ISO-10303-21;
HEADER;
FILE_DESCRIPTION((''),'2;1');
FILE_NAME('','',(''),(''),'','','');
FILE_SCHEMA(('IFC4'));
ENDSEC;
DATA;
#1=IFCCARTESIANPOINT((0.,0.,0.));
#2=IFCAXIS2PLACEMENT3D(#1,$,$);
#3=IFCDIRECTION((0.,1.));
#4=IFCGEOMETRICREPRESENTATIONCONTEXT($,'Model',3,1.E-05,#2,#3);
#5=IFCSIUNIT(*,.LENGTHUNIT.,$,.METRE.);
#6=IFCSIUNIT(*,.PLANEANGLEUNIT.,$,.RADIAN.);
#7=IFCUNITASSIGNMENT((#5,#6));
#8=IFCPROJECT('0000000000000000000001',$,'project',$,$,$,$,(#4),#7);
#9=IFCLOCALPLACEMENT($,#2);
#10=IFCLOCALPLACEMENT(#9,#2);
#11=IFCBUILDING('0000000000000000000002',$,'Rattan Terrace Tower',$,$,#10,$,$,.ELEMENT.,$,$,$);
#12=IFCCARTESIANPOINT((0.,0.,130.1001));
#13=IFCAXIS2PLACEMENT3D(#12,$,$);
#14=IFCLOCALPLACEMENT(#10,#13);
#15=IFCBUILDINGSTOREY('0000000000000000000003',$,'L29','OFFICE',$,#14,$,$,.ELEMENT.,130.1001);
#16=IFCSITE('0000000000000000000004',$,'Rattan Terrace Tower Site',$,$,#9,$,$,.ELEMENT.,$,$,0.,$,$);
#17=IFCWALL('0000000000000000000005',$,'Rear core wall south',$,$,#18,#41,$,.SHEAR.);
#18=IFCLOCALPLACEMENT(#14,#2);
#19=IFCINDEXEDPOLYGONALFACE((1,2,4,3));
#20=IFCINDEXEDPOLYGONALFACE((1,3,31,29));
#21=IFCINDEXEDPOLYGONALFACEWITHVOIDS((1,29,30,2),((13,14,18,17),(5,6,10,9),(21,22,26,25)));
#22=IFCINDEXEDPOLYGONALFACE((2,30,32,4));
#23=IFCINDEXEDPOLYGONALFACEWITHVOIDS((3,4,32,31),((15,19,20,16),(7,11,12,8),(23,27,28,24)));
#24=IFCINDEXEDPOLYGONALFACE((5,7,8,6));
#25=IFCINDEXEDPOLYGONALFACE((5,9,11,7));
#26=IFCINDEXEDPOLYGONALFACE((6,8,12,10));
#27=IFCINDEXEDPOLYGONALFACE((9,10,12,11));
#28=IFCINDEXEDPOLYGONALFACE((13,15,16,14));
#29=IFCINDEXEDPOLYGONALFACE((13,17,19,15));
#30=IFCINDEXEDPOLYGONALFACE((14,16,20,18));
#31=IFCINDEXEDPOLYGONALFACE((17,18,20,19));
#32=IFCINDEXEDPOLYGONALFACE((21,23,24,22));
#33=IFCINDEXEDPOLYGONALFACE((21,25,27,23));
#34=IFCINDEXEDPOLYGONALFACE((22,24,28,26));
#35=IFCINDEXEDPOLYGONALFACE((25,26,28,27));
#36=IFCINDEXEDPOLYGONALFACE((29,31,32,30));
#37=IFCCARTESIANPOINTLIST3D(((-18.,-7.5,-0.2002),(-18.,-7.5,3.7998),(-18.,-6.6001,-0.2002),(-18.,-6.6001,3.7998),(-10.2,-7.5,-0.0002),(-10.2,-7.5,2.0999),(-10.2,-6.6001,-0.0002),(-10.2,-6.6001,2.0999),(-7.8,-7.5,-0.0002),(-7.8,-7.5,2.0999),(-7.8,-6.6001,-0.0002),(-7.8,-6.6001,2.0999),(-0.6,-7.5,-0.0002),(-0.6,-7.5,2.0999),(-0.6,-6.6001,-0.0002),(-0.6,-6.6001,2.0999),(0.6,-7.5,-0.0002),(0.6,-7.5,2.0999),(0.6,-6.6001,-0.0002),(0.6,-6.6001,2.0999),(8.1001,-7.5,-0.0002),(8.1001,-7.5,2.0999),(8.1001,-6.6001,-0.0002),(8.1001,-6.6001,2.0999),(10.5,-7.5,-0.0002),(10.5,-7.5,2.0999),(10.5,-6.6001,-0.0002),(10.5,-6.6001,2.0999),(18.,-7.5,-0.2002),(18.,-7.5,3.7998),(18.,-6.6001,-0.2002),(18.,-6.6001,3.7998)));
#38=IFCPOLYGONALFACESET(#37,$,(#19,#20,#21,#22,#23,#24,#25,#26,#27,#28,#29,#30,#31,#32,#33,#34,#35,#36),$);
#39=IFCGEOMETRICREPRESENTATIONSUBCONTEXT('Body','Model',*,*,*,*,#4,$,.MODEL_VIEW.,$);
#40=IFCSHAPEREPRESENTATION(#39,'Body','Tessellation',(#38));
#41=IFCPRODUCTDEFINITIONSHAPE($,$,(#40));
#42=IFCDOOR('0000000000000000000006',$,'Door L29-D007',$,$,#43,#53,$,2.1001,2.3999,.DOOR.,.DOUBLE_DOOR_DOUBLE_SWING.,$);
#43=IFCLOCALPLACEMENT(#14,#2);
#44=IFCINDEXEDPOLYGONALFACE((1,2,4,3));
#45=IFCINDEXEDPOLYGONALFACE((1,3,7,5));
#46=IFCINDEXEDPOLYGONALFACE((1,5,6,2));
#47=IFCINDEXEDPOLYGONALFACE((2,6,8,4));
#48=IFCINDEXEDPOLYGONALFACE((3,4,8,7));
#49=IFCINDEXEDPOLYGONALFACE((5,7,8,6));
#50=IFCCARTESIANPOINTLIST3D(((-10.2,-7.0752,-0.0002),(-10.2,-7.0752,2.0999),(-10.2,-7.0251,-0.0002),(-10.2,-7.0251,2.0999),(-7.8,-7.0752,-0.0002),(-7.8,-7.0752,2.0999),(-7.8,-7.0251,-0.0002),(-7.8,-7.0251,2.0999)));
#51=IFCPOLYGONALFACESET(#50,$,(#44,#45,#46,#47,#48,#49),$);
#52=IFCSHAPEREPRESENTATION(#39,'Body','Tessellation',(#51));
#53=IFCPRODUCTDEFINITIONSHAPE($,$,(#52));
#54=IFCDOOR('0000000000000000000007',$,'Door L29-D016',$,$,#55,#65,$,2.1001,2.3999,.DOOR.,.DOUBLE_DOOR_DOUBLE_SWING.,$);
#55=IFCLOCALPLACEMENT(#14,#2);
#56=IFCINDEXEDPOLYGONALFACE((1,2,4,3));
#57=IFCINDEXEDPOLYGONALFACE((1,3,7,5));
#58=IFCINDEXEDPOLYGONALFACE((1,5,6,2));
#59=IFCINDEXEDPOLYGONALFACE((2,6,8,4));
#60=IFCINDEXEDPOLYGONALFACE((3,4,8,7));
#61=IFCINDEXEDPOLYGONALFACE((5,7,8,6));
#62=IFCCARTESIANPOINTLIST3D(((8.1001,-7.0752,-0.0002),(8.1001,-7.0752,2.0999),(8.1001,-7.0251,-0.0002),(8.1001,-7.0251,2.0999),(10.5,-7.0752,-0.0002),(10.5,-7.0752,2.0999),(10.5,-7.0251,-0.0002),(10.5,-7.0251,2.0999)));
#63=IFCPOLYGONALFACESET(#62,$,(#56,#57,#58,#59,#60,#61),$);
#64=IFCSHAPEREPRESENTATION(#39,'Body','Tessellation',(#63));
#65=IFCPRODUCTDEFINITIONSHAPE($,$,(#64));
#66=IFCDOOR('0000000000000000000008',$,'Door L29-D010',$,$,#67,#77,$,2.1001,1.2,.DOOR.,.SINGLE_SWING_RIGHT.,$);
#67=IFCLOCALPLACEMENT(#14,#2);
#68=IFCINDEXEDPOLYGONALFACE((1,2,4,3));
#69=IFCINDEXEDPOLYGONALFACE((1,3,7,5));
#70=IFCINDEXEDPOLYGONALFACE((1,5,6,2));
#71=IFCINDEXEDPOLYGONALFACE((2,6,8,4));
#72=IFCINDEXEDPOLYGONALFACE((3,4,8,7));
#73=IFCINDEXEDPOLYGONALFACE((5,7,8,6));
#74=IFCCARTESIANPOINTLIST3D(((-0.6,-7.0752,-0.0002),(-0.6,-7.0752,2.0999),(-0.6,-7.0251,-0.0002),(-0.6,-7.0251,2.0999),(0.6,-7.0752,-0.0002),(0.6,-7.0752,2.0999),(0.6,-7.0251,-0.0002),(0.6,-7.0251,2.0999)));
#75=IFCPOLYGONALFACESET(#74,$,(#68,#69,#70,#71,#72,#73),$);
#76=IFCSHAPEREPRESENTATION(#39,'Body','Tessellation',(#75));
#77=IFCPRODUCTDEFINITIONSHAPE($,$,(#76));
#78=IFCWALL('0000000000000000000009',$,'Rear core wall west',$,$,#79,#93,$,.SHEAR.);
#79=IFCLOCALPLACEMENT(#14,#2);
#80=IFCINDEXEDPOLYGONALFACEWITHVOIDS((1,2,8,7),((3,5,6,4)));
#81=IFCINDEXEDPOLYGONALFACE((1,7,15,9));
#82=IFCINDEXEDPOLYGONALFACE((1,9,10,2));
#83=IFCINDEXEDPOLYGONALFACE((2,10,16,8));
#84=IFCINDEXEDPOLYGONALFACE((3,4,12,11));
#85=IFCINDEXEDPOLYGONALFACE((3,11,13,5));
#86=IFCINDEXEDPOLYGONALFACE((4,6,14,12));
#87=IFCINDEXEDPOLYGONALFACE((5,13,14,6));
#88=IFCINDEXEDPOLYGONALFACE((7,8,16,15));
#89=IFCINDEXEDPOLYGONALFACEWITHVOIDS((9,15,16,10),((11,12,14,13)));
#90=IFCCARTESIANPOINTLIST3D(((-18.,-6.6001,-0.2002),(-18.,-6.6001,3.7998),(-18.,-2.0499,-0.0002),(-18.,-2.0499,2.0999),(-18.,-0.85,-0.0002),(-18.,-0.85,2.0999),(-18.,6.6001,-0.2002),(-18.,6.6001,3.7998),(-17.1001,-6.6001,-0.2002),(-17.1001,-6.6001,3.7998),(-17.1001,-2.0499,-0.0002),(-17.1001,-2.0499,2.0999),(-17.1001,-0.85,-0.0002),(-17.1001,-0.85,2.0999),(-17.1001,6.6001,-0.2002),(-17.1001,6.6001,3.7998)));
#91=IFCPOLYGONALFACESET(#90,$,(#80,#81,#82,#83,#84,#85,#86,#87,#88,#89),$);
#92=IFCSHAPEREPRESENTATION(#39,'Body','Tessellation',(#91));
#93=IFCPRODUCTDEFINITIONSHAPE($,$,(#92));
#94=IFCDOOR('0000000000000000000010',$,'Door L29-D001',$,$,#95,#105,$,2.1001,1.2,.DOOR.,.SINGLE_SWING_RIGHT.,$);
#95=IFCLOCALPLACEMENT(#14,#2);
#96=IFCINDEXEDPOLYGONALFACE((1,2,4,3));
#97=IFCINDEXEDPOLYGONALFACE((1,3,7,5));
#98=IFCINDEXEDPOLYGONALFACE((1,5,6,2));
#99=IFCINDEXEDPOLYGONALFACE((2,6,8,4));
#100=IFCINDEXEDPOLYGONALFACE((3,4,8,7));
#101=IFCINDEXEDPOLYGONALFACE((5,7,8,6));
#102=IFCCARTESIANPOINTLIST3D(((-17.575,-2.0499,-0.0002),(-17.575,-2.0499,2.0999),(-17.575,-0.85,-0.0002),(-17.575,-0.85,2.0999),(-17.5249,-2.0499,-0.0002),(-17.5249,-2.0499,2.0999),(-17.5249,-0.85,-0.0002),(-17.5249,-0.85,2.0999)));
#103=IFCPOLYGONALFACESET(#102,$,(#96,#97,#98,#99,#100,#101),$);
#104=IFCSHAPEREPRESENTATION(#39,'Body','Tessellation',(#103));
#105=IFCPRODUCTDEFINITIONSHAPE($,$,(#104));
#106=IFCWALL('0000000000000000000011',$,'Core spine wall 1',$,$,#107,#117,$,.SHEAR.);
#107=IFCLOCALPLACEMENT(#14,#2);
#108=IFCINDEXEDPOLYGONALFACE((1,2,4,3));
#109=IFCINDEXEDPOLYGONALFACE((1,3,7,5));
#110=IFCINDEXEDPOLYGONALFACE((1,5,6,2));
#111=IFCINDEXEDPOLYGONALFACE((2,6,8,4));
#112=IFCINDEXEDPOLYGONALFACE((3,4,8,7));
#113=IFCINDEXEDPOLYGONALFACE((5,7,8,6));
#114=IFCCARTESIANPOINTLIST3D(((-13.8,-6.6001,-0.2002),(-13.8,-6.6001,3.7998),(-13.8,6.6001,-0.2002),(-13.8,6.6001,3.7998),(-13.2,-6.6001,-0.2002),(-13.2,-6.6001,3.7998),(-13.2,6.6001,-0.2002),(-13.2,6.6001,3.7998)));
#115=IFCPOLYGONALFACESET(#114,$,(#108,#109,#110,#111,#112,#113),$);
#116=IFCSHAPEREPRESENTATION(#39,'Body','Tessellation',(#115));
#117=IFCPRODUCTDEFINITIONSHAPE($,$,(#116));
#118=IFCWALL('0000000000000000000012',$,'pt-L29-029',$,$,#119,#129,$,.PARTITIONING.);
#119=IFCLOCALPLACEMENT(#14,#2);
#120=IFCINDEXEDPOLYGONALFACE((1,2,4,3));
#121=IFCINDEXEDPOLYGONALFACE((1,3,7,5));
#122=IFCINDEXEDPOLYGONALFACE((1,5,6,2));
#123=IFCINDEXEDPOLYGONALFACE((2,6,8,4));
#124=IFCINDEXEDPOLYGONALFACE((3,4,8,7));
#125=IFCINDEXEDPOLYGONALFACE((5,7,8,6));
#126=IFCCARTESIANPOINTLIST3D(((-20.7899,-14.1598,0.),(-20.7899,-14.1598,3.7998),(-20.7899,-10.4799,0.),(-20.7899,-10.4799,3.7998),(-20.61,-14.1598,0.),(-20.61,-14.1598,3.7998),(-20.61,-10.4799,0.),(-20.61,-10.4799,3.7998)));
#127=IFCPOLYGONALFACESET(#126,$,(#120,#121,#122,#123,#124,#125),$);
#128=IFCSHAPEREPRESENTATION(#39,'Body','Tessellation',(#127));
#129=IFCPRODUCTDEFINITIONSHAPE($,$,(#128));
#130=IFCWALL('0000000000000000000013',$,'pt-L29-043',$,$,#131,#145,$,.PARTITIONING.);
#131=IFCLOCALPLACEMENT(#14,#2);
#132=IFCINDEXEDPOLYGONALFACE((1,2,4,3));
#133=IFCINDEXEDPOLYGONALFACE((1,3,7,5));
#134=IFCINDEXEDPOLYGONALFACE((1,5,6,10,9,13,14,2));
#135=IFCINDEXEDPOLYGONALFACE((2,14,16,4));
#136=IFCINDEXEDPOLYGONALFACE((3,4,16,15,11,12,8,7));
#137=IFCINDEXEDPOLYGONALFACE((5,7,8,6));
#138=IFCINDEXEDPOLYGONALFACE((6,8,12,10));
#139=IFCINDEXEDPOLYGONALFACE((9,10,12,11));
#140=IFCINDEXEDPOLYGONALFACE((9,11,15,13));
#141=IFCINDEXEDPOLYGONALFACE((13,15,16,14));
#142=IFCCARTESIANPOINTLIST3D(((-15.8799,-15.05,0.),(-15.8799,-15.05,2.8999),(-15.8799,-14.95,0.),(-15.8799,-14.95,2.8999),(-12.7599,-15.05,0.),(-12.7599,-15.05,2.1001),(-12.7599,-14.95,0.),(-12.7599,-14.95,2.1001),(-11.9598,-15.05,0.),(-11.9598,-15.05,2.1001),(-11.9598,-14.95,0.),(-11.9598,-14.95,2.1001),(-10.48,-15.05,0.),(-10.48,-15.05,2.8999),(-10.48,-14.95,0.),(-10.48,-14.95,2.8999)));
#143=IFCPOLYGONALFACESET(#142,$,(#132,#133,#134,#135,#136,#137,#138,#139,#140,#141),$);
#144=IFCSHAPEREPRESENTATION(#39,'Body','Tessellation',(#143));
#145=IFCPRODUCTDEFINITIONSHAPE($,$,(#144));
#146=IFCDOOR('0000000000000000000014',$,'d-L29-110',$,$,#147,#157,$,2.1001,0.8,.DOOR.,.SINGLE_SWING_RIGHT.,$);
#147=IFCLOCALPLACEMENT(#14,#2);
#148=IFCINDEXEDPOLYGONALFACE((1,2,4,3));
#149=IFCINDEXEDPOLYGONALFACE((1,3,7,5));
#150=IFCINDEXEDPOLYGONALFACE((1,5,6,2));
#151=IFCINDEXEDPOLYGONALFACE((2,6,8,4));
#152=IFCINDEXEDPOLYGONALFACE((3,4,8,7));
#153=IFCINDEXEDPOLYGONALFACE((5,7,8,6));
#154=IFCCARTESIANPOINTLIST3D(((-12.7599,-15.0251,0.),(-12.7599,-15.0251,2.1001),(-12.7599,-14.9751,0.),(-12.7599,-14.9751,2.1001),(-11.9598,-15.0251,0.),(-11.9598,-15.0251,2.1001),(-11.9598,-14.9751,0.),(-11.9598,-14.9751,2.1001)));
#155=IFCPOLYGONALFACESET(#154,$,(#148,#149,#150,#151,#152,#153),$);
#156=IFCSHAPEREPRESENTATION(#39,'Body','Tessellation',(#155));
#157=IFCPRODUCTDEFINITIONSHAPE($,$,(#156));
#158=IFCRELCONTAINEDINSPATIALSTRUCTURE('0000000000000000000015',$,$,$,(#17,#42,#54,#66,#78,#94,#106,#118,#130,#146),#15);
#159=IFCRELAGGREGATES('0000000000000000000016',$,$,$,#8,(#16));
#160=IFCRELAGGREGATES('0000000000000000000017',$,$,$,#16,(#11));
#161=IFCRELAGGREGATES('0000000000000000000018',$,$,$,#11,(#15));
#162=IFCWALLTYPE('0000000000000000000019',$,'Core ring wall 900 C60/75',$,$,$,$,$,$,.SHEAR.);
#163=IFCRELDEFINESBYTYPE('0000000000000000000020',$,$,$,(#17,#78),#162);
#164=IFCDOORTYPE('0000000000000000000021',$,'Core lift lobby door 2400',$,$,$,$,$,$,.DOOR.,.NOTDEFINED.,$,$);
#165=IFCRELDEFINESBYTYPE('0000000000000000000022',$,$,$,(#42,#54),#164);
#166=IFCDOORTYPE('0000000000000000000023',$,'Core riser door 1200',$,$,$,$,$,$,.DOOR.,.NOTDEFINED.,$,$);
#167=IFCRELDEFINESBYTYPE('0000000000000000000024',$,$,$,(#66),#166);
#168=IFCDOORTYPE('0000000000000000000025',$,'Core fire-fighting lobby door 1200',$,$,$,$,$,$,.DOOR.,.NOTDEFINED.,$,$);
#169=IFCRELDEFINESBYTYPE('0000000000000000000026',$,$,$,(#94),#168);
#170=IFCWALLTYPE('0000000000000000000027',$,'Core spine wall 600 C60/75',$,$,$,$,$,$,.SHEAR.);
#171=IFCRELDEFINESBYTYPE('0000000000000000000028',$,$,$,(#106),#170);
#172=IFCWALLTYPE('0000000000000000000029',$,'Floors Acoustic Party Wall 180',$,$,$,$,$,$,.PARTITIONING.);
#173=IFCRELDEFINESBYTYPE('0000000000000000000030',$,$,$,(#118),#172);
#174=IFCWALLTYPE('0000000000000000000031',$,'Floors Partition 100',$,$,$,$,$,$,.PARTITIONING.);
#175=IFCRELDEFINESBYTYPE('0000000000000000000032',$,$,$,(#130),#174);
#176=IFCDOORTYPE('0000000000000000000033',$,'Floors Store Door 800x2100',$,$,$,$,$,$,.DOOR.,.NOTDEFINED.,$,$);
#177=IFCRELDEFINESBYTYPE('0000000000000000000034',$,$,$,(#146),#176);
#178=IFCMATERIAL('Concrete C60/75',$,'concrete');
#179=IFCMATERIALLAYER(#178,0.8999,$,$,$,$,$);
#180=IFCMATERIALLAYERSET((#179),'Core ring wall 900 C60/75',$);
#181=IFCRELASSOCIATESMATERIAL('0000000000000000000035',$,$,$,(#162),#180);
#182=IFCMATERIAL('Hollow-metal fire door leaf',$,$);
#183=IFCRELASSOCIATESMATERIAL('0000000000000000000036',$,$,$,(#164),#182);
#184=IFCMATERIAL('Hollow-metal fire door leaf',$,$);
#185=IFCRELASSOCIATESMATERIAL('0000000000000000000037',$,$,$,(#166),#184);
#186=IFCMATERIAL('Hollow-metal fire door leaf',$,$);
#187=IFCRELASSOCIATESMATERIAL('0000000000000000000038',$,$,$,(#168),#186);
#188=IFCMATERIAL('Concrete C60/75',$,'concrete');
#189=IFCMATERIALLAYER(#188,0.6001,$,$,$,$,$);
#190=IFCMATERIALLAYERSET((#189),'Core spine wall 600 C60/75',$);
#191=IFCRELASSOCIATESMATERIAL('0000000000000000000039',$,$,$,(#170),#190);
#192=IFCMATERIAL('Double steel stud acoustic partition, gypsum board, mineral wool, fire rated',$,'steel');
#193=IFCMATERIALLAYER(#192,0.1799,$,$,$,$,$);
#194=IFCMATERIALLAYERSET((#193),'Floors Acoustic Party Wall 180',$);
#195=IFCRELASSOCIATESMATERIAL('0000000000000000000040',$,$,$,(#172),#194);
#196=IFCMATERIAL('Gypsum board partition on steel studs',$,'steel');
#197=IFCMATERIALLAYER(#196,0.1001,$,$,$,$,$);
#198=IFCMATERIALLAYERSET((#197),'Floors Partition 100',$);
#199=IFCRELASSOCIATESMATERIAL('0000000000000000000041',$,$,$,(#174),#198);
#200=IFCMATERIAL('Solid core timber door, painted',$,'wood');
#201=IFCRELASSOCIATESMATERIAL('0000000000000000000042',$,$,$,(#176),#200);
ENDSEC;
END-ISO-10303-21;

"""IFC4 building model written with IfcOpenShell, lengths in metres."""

from ifc_helpers import new_model, si_unit, direction, frame, frame_2d, origin, place, context, subcontext, project, spatial, rectangle, extrude, material, layer, layer_set, type_object, element, fill, save


model = new_model("IFC4")

# Units and contexts
model_context = context("Model", 3, precision=1e-05, world=origin(), true_north=direction((0.0, 1.0)))
body_context = subcontext(model_context, "Body", "Model", "MODEL_VIEW")
ifc_project = project(units=[si_unit("LENGTHUNIT", "METRE"), si_unit("PLANEANGLEUNIT", "RADIAN")], contexts=[model_context])

# Site, building, storey
site_placement = place(None, origin())
site = spatial("IfcSite", under=ifc_project, at=site_placement, Name="Rattan Terrace Tower Site", CompositionType="ELEMENT", RefElevation=0.0)
building_placement = place(site_placement, origin())
building = spatial("IfcBuilding", under=site, at=building_placement, Name="Rattan Terrace Tower", CompositionType="ELEMENT")
storey_placement = place(building_placement, frame((0.0, 0.0, 130.1001)))
storey = spatial("IfcBuildingStorey", under=building, at=storey_placement, Name="L29", Description="OFFICE", CompositionType="ELEMENT", Elevation=130.1001)

# Wall, openings, doors
ifc_material_1 = material(Name="Concrete C60/75", Category="concrete")
ifc_layer_1 = layer(ifc_material_1, 0.8999)
ifc_layer_set_1 = layer_set([ifc_layer_1], Name="Core ring wall 900 C60/75")
wall_type_1 = type_object("IfcWallType", Name="Core ring wall 900 C60/75", PredefinedType="SHEAR", material=ifc_layer_set_1)
wall_1_placement = place(storey_placement, frame((-18.0, -7.05, -0.2002), z_axis=(0.0, 0.0, 1.0), x_axis=(1.0, 0.0, 0.0)))
wall_1 = element("IfcWall", 1, at=wall_1_placement, inside=storey, type_object=wall_type_1, Name="Rear core wall south", PredefinedType="SHEAR", context=body_context, shape_type="SweptSolid", body=[
    extrude(rectangle(XDim=36.0, YDim=0.8999, at=frame_2d((18.0, 0.0))), origin(), (0.0, 0.0, 1.0), 4.0),
])
opening_1_placement = place(wall_1_placement, frame((7.8, 0.0, 0.2)))
opening_1 = element("IfcOpeningElement", 2, at=opening_1_placement, cuts=wall_1, PredefinedType="OPENING", context=body_context, shape_type="SweptSolid", body=[
    extrude(rectangle(XDim=2.3999, YDim=2.1001, at=frame_2d((1.2, 1.05))), frame((0.0, 0.4604, 0.0), z_axis=(0.0, -1.0, 0.0), x_axis=(1.0, 0.0, 0.0)), (0.0, 0.0, 1.0), 0.9209),
])
opening_2_placement = place(wall_1_placement, frame((17.3999, 0.0, 0.2)))
opening_2 = element("IfcOpeningElement", 3, at=opening_2_placement, cuts=wall_1, PredefinedType="OPENING", context=body_context, shape_type="SweptSolid", body=[
    extrude(rectangle(XDim=1.2, YDim=2.1001, at=frame_2d((0.6001, 1.05))), frame((0.0, 0.4604, 0.0), z_axis=(0.0, -1.0, 0.0), x_axis=(1.0, 0.0, 0.0)), (0.0, 0.0, 1.0), 0.9209),
])
opening_3_placement = place(wall_1_placement, frame((26.1001, 0.0, 0.2)))
opening_3 = element("IfcOpeningElement", 4, at=opening_3_placement, cuts=wall_1, PredefinedType="OPENING", context=body_context, shape_type="SweptSolid", body=[
    extrude(rectangle(XDim=2.3999, YDim=2.1001, at=frame_2d((1.2, 1.05))), frame((0.0, 0.4604, 0.0), z_axis=(0.0, -1.0, 0.0), x_axis=(1.0, 0.0, 0.0)), (0.0, 0.0, 1.0), 0.9209),
])
ifc_material_2 = material(Name="Hollow-metal fire door leaf")
door_type_1 = type_object("IfcDoorType", Name="Core lift lobby door 2400", OperationType="NOTDEFINED", PredefinedType="DOOR", material=ifc_material_2)
door_1_placement = place(opening_1_placement, origin())
door_1 = element("IfcDoor", 5, at=door_1_placement, inside=storey, type_object=door_type_1, Name="Door L29-D007", OperationType="DOUBLE_DOOR_DOUBLE_SWING", OverallHeight=2.1001, OverallWidth=2.3999, PredefinedType="DOOR", context=body_context, shape_type="SweptSolid", body=[
    extrude(rectangle(XDim=2.3999, YDim=2.1001, at=frame_2d((1.2, 1.05))), frame((0.0, 0.0249, 0.0), z_axis=(0.0, -1.0, 0.0), x_axis=(1.0, 0.0, 0.0)), (0.0, 0.0, 1.0), 0.05),
])
fill(opening_1, door_1)
door_2_placement = place(opening_3_placement, origin())
door_2 = element("IfcDoor", 6, at=door_2_placement, inside=storey, type_object=door_type_1, Name="Door L29-D016", OperationType="DOUBLE_DOOR_DOUBLE_SWING", OverallHeight=2.1001, OverallWidth=2.3999, PredefinedType="DOOR", context=body_context, shape_type="SweptSolid", body=[
    extrude(rectangle(XDim=2.3999, YDim=2.1001, at=frame_2d((1.2, 1.05))), frame((0.0, 0.0249, 0.0), z_axis=(0.0, -1.0, 0.0), x_axis=(1.0, 0.0, 0.0)), (0.0, 0.0, 1.0), 0.05),
])
fill(opening_3, door_2)
ifc_material_3 = material(Name="Hollow-metal fire door leaf")
door_type_2 = type_object("IfcDoorType", Name="Core riser door 1200", OperationType="NOTDEFINED", PredefinedType="DOOR", material=ifc_material_3)
door_3_placement = place(opening_2_placement, origin())
door_3 = element("IfcDoor", 7, at=door_3_placement, inside=storey, type_object=door_type_2, Name="Door L29-D010", OperationType="SINGLE_SWING_RIGHT", OverallHeight=2.1001, OverallWidth=1.2, PredefinedType="DOOR", context=body_context, shape_type="SweptSolid", body=[
    extrude(rectangle(XDim=1.2, YDim=2.1001, at=frame_2d((0.6001, 1.05))), frame((0.0, 0.0249, 0.0), z_axis=(0.0, -1.0, 0.0), x_axis=(1.0, 0.0, 0.0)), (0.0, 0.0, 1.0), 0.05),
])
fill(opening_2, door_3)

# Wall, opening, door
wall_2_placement = place(storey_placement, frame((-17.55, -6.6001, -0.2002), z_axis=(0.0, 0.0, 1.0), x_axis=(0.0, 1.0, 0.0)))
wall_2 = element("IfcWall", 8, at=wall_2_placement, inside=storey, type_object=wall_type_1, Name="Rear core wall west", PredefinedType="SHEAR", context=body_context, shape_type="SweptSolid", body=[
    extrude(rectangle(XDim=13.2002, YDim=0.8999, at=frame_2d((6.6001, 0.0))), origin(), (0.0, 0.0, 1.0), 4.0),
])
opening_4_placement = place(wall_2_placement, frame((4.55, 0.0, 0.2)))
opening_4 = element("IfcOpeningElement", 9, at=opening_4_placement, cuts=wall_2, PredefinedType="OPENING", context=body_context, shape_type="SweptSolid", body=[
    extrude(rectangle(XDim=1.2, YDim=2.1001, at=frame_2d((0.6001, 1.05))), frame((0.0, 0.4604, 0.0), z_axis=(0.0, -1.0, 0.0), x_axis=(1.0, 0.0, 0.0)), (0.0, 0.0, 1.0), 0.9209),
])
ifc_material_4 = material(Name="Hollow-metal fire door leaf")
door_type_3 = type_object("IfcDoorType", Name="Core fire-fighting lobby door 1200", OperationType="NOTDEFINED", PredefinedType="DOOR", material=ifc_material_4)
door_4_placement = place(opening_4_placement, origin())
door_4 = element("IfcDoor", 10, at=door_4_placement, inside=storey, type_object=door_type_3, Name="Door L29-D001", OperationType="SINGLE_SWING_RIGHT", OverallHeight=2.1001, OverallWidth=1.2, PredefinedType="DOOR", context=body_context, shape_type="SweptSolid", body=[
    extrude(rectangle(XDim=1.2, YDim=2.1001, at=frame_2d((0.6001, 1.05))), frame((0.0, 0.0249, 0.0), z_axis=(0.0, -1.0, 0.0), x_axis=(1.0, 0.0, 0.0)), (0.0, 0.0, 1.0), 0.05),
])
fill(opening_4, door_4)

# Walls
ifc_material_5 = material(Name="Concrete C60/75", Category="concrete")
ifc_layer_2 = layer(ifc_material_5, 0.6001)
ifc_layer_set_2 = layer_set([ifc_layer_2], Name="Core spine wall 600 C60/75")
wall_type_2 = type_object("IfcWallType", Name="Core spine wall 600 C60/75", PredefinedType="SHEAR", material=ifc_layer_set_2)
wall_3_placement = place(storey_placement, frame((-13.5, -6.6001, -0.2002), z_axis=(0.0, 0.0, 1.0), x_axis=(0.0, 1.0, 0.0)))
element("IfcWall", 11, at=wall_3_placement, inside=storey, type_object=wall_type_2, Name="Core spine wall 1", PredefinedType="SHEAR", context=body_context, shape_type="SweptSolid", body=[
    extrude(rectangle(XDim=13.2002, YDim=0.6001, at=frame_2d((6.6001, 0.0))), origin(), (0.0, 0.0, 1.0), 4.0),
])
ifc_material_6 = material(Name="Double steel stud acoustic partition, gypsum board, mineral wool, fire rated", Category="steel")
ifc_layer_3 = layer(ifc_material_6, 0.1799)
ifc_layer_set_3 = layer_set([ifc_layer_3], Name="Floors Acoustic Party Wall 180")
wall_type_3 = type_object("IfcWallType", Name="Floors Acoustic Party Wall 180", PredefinedType="PARTITIONING", material=ifc_layer_set_3)
wall_4_placement = place(storey_placement, frame((-20.7, -10.48, 0.0), z_axis=(0.0, 0.0, 1.0), x_axis=(0.0, -1.0, 0.0)))
element("IfcWall", 12, at=wall_4_placement, inside=storey, type_object=wall_type_3, Name="pt-L29-029", PredefinedType="PARTITIONING", context=body_context, shape_type="SweptSolid", body=[
    extrude(rectangle(XDim=3.6799, YDim=0.1799, at=frame_2d((1.8398, 0.0))), origin(), (0.0, 0.0, 1.0), 3.7998),
])

# Wall, opening, door
ifc_material_7 = material(Name="Gypsum board partition on steel studs", Category="steel")
ifc_layer_4 = layer(ifc_material_7, 0.1001)
ifc_layer_set_4 = layer_set([ifc_layer_4], Name="Floors Partition 100")
wall_type_4 = type_object("IfcWallType", Name="Floors Partition 100", PredefinedType="PARTITIONING", material=ifc_layer_set_4)
wall_5_placement = place(storey_placement, frame((-15.8799, -15.0, 0.0), z_axis=(0.0, 0.0, 1.0), x_axis=(1.0, 0.0, 0.0)))
wall_5 = element("IfcWall", 13, at=wall_5_placement, inside=storey, type_object=wall_type_4, Name="pt-L29-043", PredefinedType="PARTITIONING", context=body_context, shape_type="SweptSolid", body=[
    extrude(rectangle(XDim=5.3999, YDim=0.1001, at=frame_2d((2.7, 0.0))), origin(), (0.0, 0.0, 1.0), 2.8999),
])
opening_5_placement = place(wall_5_placement, frame((3.1201, 0.0, 0.0)))
opening_5 = element("IfcOpeningElement", 14, at=opening_5_placement, cuts=wall_5, PredefinedType="OPENING", context=body_context, shape_type="SweptSolid", body=[
    extrude(rectangle(XDim=0.8, YDim=2.1001, at=frame_2d((0.3999, 1.05))), frame((0.0, 0.0605, 0.0), z_axis=(0.0, -1.0, 0.0), x_axis=(1.0, 0.0, 0.0)), (0.0, 0.0, 1.0), 0.1211),
])
ifc_material_8 = material(Name="Solid core timber door, painted", Category="wood")
door_type_4 = type_object("IfcDoorType", Name="Floors Store Door 800x2100", OperationType="NOTDEFINED", PredefinedType="DOOR", material=ifc_material_8)
door_5_placement = place(opening_5_placement, origin())
door_5 = element("IfcDoor", 15, at=door_5_placement, inside=storey, type_object=door_type_4, Name="d-L29-110", OperationType="SINGLE_SWING_RIGHT", OverallHeight=2.1001, OverallWidth=0.8, PredefinedType="DOOR", context=body_context, shape_type="SweptSolid", body=[
    extrude(rectangle(XDim=0.8, YDim=2.1001, at=frame_2d((0.3999, 1.05))), frame((0.0, 0.0249, 0.0), z_axis=(0.0, -1.0, 0.0), x_axis=(1.0, 0.0, 0.0)), (0.0, 0.0, 1.0), 0.05),
])
fill(opening_5, door_5)

save(model, "model.ifc")
